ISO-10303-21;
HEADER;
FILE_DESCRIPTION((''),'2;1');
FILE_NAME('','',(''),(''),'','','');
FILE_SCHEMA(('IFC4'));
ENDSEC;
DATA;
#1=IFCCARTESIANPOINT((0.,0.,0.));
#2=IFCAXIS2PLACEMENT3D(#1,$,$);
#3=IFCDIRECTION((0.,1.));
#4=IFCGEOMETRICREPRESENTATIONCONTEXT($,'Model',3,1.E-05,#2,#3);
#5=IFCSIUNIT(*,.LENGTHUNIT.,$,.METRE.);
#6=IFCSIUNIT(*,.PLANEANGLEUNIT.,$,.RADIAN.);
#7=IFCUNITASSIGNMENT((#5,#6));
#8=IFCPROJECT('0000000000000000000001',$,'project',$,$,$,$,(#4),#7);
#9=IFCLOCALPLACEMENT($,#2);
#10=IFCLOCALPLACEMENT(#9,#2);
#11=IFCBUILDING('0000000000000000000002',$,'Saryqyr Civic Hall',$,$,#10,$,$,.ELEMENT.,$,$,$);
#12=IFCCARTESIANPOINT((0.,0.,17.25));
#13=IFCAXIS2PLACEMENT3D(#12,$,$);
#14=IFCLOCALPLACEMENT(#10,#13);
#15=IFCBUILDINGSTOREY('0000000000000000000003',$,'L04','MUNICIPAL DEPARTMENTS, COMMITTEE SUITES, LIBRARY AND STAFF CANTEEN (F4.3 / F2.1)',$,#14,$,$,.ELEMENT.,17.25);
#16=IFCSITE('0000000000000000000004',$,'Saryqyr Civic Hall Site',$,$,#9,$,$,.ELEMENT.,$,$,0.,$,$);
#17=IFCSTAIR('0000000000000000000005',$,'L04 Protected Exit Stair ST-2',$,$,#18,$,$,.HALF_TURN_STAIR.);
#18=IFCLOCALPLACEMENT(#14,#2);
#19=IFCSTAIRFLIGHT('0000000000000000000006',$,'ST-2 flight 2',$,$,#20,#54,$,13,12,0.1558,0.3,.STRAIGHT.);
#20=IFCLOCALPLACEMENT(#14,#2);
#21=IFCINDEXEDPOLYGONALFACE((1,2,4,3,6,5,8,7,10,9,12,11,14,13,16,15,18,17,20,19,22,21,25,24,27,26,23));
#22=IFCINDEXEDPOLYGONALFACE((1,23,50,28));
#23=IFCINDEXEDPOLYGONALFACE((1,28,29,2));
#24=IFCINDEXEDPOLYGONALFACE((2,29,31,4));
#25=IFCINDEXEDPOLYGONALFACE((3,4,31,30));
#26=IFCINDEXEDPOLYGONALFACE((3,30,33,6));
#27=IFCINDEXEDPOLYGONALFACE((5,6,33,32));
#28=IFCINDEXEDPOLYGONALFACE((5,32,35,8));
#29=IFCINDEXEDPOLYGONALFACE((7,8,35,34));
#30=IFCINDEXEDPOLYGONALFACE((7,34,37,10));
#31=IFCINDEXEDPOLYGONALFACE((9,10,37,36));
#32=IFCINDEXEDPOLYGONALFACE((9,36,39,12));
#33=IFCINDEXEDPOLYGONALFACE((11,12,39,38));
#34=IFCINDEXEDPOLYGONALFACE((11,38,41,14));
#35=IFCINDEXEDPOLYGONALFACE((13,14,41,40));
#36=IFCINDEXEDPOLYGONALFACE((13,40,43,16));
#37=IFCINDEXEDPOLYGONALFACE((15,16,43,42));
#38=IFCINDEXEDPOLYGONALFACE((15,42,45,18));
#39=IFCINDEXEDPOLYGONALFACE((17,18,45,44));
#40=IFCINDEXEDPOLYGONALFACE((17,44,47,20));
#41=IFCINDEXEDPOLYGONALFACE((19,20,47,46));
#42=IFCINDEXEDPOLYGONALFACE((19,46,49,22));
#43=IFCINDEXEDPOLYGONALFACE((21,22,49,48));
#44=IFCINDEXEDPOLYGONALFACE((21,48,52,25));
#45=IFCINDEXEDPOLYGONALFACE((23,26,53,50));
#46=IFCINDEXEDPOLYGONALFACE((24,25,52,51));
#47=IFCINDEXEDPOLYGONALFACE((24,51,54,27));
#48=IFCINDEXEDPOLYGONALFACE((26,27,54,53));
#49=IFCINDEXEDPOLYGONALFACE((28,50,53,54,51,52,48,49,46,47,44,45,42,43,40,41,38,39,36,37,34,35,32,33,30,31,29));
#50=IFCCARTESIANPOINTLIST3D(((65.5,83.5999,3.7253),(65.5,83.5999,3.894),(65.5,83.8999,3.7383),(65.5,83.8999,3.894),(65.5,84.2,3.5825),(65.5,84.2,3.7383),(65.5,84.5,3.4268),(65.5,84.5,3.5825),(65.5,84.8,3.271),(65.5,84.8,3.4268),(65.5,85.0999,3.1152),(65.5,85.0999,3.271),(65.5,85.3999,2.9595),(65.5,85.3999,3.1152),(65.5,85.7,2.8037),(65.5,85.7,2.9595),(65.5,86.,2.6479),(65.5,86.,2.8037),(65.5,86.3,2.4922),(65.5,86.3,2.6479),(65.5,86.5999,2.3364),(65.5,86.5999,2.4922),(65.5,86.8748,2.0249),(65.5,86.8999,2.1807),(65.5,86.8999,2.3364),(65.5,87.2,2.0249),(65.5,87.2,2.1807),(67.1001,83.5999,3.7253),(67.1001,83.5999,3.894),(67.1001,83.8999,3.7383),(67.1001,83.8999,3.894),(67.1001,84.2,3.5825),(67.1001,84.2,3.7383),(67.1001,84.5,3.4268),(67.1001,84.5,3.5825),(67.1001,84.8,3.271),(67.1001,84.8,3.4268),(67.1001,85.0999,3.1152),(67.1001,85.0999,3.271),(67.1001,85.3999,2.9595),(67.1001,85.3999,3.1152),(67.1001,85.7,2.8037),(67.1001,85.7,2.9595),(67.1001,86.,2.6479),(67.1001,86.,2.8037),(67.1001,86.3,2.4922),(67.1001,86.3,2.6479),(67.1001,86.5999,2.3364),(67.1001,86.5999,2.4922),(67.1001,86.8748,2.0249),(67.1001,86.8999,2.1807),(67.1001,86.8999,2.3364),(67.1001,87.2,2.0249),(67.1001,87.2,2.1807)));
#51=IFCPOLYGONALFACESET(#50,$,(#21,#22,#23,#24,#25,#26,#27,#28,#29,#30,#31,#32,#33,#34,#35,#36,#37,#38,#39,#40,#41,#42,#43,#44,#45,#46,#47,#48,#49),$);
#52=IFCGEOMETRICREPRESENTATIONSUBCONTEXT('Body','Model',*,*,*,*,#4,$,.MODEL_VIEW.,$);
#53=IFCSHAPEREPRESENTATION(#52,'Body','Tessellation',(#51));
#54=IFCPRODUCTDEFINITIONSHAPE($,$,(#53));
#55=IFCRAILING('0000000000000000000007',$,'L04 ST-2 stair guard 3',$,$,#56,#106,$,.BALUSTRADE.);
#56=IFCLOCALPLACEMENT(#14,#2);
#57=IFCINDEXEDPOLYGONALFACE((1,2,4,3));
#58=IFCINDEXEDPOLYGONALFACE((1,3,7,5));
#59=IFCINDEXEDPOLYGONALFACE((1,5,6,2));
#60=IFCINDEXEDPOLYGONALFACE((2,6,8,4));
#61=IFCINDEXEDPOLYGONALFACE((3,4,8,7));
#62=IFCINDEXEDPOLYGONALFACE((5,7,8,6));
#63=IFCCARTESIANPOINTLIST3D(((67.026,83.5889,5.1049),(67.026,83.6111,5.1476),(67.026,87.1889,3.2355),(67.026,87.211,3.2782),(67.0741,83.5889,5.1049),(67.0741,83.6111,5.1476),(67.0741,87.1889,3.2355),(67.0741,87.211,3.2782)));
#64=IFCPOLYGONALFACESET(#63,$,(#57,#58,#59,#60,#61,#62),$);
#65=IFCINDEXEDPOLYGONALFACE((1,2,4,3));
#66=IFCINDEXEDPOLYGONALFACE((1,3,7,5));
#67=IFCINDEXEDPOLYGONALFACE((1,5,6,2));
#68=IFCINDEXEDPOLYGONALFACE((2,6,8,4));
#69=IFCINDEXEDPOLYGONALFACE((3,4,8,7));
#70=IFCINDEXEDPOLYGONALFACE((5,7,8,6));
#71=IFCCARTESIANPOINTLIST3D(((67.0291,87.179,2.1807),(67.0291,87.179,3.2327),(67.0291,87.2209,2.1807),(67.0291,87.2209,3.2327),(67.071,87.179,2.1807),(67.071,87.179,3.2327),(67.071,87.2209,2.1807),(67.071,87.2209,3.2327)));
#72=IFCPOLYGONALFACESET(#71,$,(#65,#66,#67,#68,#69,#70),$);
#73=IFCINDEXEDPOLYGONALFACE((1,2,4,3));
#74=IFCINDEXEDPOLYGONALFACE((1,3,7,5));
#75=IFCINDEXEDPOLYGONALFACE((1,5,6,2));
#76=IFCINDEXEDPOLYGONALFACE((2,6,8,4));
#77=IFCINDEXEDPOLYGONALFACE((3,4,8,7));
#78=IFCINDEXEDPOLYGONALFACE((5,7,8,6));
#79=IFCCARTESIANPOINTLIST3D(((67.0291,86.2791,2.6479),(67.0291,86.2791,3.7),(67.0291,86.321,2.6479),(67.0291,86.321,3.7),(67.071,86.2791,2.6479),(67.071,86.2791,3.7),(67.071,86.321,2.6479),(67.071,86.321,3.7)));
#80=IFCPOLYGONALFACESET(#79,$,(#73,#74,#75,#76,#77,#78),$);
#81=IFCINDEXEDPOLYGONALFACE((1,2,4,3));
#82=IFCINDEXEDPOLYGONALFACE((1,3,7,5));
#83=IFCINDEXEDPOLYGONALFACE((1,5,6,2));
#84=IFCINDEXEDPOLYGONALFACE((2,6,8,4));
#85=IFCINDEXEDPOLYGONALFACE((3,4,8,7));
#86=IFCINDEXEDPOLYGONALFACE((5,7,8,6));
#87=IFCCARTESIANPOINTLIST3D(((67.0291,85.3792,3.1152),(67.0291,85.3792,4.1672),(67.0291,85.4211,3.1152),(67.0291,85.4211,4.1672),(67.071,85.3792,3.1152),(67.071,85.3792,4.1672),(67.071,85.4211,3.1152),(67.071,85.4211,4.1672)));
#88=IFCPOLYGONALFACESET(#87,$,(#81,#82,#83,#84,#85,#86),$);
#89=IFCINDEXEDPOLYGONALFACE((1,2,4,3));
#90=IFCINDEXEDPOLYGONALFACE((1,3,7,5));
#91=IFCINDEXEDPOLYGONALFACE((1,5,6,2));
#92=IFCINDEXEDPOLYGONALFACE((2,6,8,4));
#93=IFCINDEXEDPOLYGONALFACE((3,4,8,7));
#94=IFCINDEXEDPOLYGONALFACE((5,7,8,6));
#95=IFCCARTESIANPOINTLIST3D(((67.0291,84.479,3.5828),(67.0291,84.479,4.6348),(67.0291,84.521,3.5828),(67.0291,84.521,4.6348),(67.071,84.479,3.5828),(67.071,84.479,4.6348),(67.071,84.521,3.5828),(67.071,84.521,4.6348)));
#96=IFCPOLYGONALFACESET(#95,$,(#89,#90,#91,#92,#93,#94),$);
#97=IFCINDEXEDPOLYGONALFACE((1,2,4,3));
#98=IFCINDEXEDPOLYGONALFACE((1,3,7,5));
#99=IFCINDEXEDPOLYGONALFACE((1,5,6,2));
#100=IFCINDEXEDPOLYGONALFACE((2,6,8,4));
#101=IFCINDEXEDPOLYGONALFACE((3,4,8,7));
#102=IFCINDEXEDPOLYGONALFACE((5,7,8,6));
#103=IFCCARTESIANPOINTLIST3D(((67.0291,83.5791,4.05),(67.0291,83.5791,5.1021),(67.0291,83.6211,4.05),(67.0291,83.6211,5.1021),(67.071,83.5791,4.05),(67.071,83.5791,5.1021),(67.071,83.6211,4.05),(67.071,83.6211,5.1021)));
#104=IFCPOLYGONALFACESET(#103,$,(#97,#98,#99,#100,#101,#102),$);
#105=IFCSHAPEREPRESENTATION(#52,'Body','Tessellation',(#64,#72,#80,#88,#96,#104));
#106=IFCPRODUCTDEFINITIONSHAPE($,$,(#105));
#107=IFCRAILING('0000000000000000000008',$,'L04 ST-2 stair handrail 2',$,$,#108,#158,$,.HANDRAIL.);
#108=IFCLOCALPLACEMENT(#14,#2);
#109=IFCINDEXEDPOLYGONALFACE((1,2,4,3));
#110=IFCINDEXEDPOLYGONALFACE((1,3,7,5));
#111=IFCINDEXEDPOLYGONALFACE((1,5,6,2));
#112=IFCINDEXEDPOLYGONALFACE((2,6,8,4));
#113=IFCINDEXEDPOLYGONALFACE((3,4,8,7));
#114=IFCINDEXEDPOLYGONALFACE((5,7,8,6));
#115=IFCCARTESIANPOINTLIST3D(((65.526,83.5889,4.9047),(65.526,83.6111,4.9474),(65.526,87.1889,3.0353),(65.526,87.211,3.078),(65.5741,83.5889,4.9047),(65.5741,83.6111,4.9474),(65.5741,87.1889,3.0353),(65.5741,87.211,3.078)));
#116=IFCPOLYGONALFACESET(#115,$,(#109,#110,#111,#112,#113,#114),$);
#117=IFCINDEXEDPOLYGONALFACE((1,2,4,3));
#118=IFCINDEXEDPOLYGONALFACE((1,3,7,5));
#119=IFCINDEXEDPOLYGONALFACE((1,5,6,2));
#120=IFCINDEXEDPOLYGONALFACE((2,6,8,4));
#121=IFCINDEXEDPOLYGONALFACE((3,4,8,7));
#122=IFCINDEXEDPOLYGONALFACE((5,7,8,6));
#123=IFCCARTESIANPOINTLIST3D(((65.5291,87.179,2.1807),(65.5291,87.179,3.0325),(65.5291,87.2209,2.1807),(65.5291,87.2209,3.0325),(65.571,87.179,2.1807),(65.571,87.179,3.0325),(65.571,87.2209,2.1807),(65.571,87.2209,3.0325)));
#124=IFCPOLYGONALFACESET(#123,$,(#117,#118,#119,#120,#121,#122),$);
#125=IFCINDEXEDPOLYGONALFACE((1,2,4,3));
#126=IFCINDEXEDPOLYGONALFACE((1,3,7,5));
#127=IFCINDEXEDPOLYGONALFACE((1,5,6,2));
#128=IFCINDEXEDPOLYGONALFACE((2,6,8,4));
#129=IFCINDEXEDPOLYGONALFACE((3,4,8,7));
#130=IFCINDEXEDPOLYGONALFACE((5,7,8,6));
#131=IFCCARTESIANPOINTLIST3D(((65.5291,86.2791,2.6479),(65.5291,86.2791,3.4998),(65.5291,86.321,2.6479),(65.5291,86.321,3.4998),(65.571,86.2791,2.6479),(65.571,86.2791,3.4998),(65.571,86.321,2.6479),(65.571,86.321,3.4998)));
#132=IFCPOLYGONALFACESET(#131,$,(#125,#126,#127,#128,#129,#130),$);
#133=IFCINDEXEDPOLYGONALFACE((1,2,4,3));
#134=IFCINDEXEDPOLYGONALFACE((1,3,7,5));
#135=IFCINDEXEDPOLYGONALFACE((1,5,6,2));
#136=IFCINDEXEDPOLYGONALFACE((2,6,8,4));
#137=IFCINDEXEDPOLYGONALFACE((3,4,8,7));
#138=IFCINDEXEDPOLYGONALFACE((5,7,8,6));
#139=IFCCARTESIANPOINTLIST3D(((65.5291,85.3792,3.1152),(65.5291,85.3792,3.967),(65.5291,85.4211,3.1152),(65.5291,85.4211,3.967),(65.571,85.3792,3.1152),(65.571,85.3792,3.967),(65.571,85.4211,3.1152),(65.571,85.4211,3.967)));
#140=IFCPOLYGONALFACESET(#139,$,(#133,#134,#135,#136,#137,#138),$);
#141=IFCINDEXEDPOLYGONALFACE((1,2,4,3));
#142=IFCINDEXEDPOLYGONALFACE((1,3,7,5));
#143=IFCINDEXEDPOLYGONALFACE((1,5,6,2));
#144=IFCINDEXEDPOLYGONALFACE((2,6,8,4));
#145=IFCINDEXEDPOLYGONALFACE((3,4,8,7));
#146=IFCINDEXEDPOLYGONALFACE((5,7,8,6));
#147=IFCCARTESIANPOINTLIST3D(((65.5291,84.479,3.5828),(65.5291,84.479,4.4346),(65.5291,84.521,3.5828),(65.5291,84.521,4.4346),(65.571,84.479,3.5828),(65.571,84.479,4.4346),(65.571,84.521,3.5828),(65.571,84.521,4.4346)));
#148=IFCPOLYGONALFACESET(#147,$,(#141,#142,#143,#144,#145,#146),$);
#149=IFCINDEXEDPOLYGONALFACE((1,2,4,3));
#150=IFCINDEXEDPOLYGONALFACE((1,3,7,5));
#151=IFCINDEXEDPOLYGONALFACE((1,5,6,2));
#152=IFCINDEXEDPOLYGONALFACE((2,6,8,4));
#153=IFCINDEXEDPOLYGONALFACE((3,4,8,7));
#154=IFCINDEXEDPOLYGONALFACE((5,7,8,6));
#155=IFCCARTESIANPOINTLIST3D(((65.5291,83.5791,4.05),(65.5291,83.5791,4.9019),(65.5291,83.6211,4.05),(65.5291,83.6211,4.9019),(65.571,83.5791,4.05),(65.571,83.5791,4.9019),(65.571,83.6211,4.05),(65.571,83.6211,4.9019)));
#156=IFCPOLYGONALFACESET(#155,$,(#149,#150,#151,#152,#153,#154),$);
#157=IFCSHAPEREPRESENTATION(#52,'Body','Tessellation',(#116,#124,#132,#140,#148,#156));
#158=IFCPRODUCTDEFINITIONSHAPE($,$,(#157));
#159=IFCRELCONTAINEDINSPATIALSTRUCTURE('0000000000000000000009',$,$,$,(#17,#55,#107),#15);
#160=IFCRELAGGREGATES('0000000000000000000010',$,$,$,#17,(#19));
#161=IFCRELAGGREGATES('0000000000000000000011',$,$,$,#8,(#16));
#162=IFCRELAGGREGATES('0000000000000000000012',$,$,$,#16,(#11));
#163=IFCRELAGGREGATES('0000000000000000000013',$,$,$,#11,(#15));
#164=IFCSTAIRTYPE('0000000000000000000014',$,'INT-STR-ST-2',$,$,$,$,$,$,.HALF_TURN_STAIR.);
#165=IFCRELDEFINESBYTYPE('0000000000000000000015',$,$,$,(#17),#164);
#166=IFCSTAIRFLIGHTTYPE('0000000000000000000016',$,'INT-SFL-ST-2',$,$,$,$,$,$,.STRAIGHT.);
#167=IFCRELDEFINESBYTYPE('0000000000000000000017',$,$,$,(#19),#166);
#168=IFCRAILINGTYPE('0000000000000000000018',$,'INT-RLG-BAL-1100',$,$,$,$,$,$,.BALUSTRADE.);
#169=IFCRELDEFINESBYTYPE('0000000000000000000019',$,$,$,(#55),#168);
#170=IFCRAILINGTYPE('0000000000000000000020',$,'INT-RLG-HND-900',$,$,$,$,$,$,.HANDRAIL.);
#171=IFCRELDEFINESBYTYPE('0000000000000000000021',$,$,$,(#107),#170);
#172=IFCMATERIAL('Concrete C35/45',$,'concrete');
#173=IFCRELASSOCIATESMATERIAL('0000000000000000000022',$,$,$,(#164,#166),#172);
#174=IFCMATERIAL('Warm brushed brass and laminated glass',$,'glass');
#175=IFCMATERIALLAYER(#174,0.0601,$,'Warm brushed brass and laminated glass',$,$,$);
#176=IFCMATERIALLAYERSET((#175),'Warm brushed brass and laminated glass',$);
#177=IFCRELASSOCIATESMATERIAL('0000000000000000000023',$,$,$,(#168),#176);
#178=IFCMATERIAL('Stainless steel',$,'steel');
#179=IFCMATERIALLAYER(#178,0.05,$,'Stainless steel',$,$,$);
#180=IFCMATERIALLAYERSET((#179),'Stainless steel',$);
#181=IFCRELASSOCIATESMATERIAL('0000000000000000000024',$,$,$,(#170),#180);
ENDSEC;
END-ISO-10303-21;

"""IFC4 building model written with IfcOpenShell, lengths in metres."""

from ifc_helpers import new_model, si_unit, direction, frame, origin, origin_2d, place, context, subcontext, project, spatial, polyline, rectangle, outline, extrude, material, layer, layer_set, type_object, element, aggregate, save


model = new_model("IFC4")

# Units and contexts
model_context = context("Model", 3, precision=1e-05, world=origin(), true_north=direction((0.0, 1.0)))
body_context = subcontext(model_context, "Body", "Model", "MODEL_VIEW")
ifc_project = project(units=[si_unit("LENGTHUNIT", "METRE"), si_unit("PLANEANGLEUNIT", "RADIAN")], contexts=[model_context])

# Site, building, storey
site_placement = place(None, origin())
site = spatial("IfcSite", under=ifc_project, at=site_placement, Name="Saryqyr Civic Hall Site", CompositionType="ELEMENT", RefElevation=0.0)
building_placement = place(site_placement, origin())
building = spatial("IfcBuilding", under=site, at=building_placement, Name="Saryqyr Civic Hall", CompositionType="ELEMENT")
storey_placement = place(building_placement, frame((0.0, 0.0, 17.25)))
storey = spatial("IfcBuildingStorey", under=building, at=storey_placement, Name="L04", Description="MUNICIPAL DEPARTMENTS, COMMITTEE SUITES, LIBRARY AND STAFF CANTEEN (F4.3 / F2.1)", CompositionType="ELEMENT", Elevation=17.25)

# Shared definitions
ifc_material_1 = material(Name="Concrete C35/45", Category="concrete")

# Stair, stair flight
stair_type = type_object("IfcStairType", Name="INT-STR-ST-2", PredefinedType="HALF_TURN_STAIR", material=ifc_material_1)
stair_placement = place(storey_placement, origin())
stair = element("IfcStair", 1, at=stair_placement, inside=storey, type_object=stair_type, Name="L04 Protected Exit Stair ST-2", PredefinedType="HALF_TURN_STAIR")
stair_flight_type = type_object("IfcStairFlightType", Name="INT-SFL-ST-2", PredefinedType="STRAIGHT", material=ifc_material_1)
stair_flight_placement = place(storey_placement, frame((66.3, 87.2, 2.0249), z_axis=(0.0, 0.0, 1.0), x_axis=(0.0, -1.0, 0.0)))
stair_flight = element("IfcStairFlight", 2, at=stair_flight_placement, type_object=stair_flight_type, Name="ST-2 flight 2", NumberOfRisers=13, NumberOfTreads=12, PredefinedType="STRAIGHT", RiserHeight=0.1558, TreadLength=0.3, context=body_context, shape_type="SweptSolid", body=[
    extrude(outline(polyline([(0.0, 0.0), (0.0, 0.1558), (0.3, 0.1558), (0.3, 0.3115), (0.6001, 0.3115), (0.6001, 0.4673), (0.8999, 0.4673), (0.8999, 0.623), (1.2, 0.623), (1.2, 0.7788), (1.5, 0.7788), (1.5, 0.9346), (1.8, 0.9346), (1.8, 1.0903), (2.1001, 1.0903), (2.1001, 1.2461), (2.3999, 1.2461), (2.3999, 1.4019), (2.7, 1.4019), (2.7, 1.5576), (3.0, 1.5576), (3.0, 1.7134), (3.3, 1.7134), (3.3, 1.8691), (3.6001, 1.8691), (3.6001, 2.0249), (3.6001, 1.7004), (0.3252, 0.0), (0.0, 0.0)])), frame((0.0, 0.8, 0.0), z_axis=(0.0, -1.0, 0.0), x_axis=(1.0, 0.0, 0.0)), (0.0, 0.0, 1.0), 1.6001),
])
aggregate(stair, [stair_flight])

# Railings
ifc_material_2 = material(Name="Warm brushed brass and laminated glass", Category="glass")
ifc_layer_1 = layer(ifc_material_2, 0.0601, Name="Warm brushed brass and laminated glass")
ifc_layer_set_1 = layer_set([ifc_layer_1], Name="Warm brushed brass and laminated glass")
railing_type_1 = type_object("IfcRailingType", Name="INT-RLG-BAL-1100", PredefinedType="BALUSTRADE", material=ifc_layer_set_1)
railing_1_placement = place(storey_placement, frame((67.05, 87.2, 2.1807)))
element("IfcRailing", 3, at=railing_1_placement, inside=storey, type_object=railing_type_1, Name="L04 ST-2 stair guard 3", PredefinedType="BALUSTRADE", context=body_context, shape_type="SweptSolid", body=[
    extrude(rectangle(XDim=0.0481, YDim=0.0481, at=origin_2d()), frame((0.0, 0.0, 1.0762), z_axis=(0.0, -0.887473, 0.46086), x_axis=(1.0, 0.0, 0.0)), (0.0, 0.0, 1.0), 4.0564),
    extrude(rectangle(XDim=0.042, YDim=0.042, at=origin_2d()), origin(), (0.0, 0.0, 1.0), 1.052),
    extrude(rectangle(XDim=0.042, YDim=0.042, at=origin_2d()), frame((0.0, -0.8999, 0.4673)), (0.0, 0.0, 1.0), 1.052),
    extrude(rectangle(XDim=0.042, YDim=0.042, at=origin_2d()), frame((0.0, -1.7998, 0.9346)), (0.0, 0.0, 1.0), 1.052),
    extrude(rectangle(XDim=0.042, YDim=0.042, at=origin_2d()), frame((0.0, -2.7, 1.4021)), (0.0, 0.0, 1.0), 1.052),
    extrude(rectangle(XDim=0.042, YDim=0.042, at=origin_2d()), frame((0.0, -3.5999, 1.8694)), (0.0, 0.0, 1.0), 1.052),
])
ifc_material_3 = material(Name="Stainless steel", Category="steel")
ifc_layer_2 = layer(ifc_material_3, 0.05, Name="Stainless steel")
ifc_layer_set_2 = layer_set([ifc_layer_2], Name="Stainless steel")
railing_type_2 = type_object("IfcRailingType", Name="INT-RLG-HND-900", PredefinedType="HANDRAIL", material=ifc_layer_set_2)
railing_2_placement = place(storey_placement, frame((65.55, 87.2, 2.1807)))
element("IfcRailing", 4, at=railing_2_placement, inside=storey, type_object=railing_type_2, Name="L04 ST-2 stair handrail 2", PredefinedType="HANDRAIL", context=body_context, shape_type="SweptSolid", body=[
    extrude(rectangle(XDim=0.0481, YDim=0.0481, at=origin_2d()), frame((0.0, 0.0, 0.876), z_axis=(0.0, -0.887473, 0.46086), x_axis=(1.0, 0.0, 0.0)), (0.0, 0.0, 1.0), 4.0564),
    extrude(rectangle(XDim=0.042, YDim=0.042, at=origin_2d()), origin(), (0.0, 0.0, 1.0), 0.8518),
    extrude(rectangle(XDim=0.042, YDim=0.042, at=origin_2d()), frame((0.0, -0.8999, 0.4673)), (0.0, 0.0, 1.0), 0.8518),
    extrude(rectangle(XDim=0.042, YDim=0.042, at=origin_2d()), frame((0.0, -1.7998, 0.9346)), (0.0, 0.0, 1.0), 0.8518),
    extrude(rectangle(XDim=0.042, YDim=0.042, at=origin_2d()), frame((0.0, -2.7, 1.4021)), (0.0, 0.0, 1.0), 0.8518),
    extrude(rectangle(XDim=0.042, YDim=0.042, at=origin_2d()), frame((0.0, -3.5999, 1.8694)), (0.0, 0.0, 1.0), 0.8518),
])

save(model, "model.ifc")
